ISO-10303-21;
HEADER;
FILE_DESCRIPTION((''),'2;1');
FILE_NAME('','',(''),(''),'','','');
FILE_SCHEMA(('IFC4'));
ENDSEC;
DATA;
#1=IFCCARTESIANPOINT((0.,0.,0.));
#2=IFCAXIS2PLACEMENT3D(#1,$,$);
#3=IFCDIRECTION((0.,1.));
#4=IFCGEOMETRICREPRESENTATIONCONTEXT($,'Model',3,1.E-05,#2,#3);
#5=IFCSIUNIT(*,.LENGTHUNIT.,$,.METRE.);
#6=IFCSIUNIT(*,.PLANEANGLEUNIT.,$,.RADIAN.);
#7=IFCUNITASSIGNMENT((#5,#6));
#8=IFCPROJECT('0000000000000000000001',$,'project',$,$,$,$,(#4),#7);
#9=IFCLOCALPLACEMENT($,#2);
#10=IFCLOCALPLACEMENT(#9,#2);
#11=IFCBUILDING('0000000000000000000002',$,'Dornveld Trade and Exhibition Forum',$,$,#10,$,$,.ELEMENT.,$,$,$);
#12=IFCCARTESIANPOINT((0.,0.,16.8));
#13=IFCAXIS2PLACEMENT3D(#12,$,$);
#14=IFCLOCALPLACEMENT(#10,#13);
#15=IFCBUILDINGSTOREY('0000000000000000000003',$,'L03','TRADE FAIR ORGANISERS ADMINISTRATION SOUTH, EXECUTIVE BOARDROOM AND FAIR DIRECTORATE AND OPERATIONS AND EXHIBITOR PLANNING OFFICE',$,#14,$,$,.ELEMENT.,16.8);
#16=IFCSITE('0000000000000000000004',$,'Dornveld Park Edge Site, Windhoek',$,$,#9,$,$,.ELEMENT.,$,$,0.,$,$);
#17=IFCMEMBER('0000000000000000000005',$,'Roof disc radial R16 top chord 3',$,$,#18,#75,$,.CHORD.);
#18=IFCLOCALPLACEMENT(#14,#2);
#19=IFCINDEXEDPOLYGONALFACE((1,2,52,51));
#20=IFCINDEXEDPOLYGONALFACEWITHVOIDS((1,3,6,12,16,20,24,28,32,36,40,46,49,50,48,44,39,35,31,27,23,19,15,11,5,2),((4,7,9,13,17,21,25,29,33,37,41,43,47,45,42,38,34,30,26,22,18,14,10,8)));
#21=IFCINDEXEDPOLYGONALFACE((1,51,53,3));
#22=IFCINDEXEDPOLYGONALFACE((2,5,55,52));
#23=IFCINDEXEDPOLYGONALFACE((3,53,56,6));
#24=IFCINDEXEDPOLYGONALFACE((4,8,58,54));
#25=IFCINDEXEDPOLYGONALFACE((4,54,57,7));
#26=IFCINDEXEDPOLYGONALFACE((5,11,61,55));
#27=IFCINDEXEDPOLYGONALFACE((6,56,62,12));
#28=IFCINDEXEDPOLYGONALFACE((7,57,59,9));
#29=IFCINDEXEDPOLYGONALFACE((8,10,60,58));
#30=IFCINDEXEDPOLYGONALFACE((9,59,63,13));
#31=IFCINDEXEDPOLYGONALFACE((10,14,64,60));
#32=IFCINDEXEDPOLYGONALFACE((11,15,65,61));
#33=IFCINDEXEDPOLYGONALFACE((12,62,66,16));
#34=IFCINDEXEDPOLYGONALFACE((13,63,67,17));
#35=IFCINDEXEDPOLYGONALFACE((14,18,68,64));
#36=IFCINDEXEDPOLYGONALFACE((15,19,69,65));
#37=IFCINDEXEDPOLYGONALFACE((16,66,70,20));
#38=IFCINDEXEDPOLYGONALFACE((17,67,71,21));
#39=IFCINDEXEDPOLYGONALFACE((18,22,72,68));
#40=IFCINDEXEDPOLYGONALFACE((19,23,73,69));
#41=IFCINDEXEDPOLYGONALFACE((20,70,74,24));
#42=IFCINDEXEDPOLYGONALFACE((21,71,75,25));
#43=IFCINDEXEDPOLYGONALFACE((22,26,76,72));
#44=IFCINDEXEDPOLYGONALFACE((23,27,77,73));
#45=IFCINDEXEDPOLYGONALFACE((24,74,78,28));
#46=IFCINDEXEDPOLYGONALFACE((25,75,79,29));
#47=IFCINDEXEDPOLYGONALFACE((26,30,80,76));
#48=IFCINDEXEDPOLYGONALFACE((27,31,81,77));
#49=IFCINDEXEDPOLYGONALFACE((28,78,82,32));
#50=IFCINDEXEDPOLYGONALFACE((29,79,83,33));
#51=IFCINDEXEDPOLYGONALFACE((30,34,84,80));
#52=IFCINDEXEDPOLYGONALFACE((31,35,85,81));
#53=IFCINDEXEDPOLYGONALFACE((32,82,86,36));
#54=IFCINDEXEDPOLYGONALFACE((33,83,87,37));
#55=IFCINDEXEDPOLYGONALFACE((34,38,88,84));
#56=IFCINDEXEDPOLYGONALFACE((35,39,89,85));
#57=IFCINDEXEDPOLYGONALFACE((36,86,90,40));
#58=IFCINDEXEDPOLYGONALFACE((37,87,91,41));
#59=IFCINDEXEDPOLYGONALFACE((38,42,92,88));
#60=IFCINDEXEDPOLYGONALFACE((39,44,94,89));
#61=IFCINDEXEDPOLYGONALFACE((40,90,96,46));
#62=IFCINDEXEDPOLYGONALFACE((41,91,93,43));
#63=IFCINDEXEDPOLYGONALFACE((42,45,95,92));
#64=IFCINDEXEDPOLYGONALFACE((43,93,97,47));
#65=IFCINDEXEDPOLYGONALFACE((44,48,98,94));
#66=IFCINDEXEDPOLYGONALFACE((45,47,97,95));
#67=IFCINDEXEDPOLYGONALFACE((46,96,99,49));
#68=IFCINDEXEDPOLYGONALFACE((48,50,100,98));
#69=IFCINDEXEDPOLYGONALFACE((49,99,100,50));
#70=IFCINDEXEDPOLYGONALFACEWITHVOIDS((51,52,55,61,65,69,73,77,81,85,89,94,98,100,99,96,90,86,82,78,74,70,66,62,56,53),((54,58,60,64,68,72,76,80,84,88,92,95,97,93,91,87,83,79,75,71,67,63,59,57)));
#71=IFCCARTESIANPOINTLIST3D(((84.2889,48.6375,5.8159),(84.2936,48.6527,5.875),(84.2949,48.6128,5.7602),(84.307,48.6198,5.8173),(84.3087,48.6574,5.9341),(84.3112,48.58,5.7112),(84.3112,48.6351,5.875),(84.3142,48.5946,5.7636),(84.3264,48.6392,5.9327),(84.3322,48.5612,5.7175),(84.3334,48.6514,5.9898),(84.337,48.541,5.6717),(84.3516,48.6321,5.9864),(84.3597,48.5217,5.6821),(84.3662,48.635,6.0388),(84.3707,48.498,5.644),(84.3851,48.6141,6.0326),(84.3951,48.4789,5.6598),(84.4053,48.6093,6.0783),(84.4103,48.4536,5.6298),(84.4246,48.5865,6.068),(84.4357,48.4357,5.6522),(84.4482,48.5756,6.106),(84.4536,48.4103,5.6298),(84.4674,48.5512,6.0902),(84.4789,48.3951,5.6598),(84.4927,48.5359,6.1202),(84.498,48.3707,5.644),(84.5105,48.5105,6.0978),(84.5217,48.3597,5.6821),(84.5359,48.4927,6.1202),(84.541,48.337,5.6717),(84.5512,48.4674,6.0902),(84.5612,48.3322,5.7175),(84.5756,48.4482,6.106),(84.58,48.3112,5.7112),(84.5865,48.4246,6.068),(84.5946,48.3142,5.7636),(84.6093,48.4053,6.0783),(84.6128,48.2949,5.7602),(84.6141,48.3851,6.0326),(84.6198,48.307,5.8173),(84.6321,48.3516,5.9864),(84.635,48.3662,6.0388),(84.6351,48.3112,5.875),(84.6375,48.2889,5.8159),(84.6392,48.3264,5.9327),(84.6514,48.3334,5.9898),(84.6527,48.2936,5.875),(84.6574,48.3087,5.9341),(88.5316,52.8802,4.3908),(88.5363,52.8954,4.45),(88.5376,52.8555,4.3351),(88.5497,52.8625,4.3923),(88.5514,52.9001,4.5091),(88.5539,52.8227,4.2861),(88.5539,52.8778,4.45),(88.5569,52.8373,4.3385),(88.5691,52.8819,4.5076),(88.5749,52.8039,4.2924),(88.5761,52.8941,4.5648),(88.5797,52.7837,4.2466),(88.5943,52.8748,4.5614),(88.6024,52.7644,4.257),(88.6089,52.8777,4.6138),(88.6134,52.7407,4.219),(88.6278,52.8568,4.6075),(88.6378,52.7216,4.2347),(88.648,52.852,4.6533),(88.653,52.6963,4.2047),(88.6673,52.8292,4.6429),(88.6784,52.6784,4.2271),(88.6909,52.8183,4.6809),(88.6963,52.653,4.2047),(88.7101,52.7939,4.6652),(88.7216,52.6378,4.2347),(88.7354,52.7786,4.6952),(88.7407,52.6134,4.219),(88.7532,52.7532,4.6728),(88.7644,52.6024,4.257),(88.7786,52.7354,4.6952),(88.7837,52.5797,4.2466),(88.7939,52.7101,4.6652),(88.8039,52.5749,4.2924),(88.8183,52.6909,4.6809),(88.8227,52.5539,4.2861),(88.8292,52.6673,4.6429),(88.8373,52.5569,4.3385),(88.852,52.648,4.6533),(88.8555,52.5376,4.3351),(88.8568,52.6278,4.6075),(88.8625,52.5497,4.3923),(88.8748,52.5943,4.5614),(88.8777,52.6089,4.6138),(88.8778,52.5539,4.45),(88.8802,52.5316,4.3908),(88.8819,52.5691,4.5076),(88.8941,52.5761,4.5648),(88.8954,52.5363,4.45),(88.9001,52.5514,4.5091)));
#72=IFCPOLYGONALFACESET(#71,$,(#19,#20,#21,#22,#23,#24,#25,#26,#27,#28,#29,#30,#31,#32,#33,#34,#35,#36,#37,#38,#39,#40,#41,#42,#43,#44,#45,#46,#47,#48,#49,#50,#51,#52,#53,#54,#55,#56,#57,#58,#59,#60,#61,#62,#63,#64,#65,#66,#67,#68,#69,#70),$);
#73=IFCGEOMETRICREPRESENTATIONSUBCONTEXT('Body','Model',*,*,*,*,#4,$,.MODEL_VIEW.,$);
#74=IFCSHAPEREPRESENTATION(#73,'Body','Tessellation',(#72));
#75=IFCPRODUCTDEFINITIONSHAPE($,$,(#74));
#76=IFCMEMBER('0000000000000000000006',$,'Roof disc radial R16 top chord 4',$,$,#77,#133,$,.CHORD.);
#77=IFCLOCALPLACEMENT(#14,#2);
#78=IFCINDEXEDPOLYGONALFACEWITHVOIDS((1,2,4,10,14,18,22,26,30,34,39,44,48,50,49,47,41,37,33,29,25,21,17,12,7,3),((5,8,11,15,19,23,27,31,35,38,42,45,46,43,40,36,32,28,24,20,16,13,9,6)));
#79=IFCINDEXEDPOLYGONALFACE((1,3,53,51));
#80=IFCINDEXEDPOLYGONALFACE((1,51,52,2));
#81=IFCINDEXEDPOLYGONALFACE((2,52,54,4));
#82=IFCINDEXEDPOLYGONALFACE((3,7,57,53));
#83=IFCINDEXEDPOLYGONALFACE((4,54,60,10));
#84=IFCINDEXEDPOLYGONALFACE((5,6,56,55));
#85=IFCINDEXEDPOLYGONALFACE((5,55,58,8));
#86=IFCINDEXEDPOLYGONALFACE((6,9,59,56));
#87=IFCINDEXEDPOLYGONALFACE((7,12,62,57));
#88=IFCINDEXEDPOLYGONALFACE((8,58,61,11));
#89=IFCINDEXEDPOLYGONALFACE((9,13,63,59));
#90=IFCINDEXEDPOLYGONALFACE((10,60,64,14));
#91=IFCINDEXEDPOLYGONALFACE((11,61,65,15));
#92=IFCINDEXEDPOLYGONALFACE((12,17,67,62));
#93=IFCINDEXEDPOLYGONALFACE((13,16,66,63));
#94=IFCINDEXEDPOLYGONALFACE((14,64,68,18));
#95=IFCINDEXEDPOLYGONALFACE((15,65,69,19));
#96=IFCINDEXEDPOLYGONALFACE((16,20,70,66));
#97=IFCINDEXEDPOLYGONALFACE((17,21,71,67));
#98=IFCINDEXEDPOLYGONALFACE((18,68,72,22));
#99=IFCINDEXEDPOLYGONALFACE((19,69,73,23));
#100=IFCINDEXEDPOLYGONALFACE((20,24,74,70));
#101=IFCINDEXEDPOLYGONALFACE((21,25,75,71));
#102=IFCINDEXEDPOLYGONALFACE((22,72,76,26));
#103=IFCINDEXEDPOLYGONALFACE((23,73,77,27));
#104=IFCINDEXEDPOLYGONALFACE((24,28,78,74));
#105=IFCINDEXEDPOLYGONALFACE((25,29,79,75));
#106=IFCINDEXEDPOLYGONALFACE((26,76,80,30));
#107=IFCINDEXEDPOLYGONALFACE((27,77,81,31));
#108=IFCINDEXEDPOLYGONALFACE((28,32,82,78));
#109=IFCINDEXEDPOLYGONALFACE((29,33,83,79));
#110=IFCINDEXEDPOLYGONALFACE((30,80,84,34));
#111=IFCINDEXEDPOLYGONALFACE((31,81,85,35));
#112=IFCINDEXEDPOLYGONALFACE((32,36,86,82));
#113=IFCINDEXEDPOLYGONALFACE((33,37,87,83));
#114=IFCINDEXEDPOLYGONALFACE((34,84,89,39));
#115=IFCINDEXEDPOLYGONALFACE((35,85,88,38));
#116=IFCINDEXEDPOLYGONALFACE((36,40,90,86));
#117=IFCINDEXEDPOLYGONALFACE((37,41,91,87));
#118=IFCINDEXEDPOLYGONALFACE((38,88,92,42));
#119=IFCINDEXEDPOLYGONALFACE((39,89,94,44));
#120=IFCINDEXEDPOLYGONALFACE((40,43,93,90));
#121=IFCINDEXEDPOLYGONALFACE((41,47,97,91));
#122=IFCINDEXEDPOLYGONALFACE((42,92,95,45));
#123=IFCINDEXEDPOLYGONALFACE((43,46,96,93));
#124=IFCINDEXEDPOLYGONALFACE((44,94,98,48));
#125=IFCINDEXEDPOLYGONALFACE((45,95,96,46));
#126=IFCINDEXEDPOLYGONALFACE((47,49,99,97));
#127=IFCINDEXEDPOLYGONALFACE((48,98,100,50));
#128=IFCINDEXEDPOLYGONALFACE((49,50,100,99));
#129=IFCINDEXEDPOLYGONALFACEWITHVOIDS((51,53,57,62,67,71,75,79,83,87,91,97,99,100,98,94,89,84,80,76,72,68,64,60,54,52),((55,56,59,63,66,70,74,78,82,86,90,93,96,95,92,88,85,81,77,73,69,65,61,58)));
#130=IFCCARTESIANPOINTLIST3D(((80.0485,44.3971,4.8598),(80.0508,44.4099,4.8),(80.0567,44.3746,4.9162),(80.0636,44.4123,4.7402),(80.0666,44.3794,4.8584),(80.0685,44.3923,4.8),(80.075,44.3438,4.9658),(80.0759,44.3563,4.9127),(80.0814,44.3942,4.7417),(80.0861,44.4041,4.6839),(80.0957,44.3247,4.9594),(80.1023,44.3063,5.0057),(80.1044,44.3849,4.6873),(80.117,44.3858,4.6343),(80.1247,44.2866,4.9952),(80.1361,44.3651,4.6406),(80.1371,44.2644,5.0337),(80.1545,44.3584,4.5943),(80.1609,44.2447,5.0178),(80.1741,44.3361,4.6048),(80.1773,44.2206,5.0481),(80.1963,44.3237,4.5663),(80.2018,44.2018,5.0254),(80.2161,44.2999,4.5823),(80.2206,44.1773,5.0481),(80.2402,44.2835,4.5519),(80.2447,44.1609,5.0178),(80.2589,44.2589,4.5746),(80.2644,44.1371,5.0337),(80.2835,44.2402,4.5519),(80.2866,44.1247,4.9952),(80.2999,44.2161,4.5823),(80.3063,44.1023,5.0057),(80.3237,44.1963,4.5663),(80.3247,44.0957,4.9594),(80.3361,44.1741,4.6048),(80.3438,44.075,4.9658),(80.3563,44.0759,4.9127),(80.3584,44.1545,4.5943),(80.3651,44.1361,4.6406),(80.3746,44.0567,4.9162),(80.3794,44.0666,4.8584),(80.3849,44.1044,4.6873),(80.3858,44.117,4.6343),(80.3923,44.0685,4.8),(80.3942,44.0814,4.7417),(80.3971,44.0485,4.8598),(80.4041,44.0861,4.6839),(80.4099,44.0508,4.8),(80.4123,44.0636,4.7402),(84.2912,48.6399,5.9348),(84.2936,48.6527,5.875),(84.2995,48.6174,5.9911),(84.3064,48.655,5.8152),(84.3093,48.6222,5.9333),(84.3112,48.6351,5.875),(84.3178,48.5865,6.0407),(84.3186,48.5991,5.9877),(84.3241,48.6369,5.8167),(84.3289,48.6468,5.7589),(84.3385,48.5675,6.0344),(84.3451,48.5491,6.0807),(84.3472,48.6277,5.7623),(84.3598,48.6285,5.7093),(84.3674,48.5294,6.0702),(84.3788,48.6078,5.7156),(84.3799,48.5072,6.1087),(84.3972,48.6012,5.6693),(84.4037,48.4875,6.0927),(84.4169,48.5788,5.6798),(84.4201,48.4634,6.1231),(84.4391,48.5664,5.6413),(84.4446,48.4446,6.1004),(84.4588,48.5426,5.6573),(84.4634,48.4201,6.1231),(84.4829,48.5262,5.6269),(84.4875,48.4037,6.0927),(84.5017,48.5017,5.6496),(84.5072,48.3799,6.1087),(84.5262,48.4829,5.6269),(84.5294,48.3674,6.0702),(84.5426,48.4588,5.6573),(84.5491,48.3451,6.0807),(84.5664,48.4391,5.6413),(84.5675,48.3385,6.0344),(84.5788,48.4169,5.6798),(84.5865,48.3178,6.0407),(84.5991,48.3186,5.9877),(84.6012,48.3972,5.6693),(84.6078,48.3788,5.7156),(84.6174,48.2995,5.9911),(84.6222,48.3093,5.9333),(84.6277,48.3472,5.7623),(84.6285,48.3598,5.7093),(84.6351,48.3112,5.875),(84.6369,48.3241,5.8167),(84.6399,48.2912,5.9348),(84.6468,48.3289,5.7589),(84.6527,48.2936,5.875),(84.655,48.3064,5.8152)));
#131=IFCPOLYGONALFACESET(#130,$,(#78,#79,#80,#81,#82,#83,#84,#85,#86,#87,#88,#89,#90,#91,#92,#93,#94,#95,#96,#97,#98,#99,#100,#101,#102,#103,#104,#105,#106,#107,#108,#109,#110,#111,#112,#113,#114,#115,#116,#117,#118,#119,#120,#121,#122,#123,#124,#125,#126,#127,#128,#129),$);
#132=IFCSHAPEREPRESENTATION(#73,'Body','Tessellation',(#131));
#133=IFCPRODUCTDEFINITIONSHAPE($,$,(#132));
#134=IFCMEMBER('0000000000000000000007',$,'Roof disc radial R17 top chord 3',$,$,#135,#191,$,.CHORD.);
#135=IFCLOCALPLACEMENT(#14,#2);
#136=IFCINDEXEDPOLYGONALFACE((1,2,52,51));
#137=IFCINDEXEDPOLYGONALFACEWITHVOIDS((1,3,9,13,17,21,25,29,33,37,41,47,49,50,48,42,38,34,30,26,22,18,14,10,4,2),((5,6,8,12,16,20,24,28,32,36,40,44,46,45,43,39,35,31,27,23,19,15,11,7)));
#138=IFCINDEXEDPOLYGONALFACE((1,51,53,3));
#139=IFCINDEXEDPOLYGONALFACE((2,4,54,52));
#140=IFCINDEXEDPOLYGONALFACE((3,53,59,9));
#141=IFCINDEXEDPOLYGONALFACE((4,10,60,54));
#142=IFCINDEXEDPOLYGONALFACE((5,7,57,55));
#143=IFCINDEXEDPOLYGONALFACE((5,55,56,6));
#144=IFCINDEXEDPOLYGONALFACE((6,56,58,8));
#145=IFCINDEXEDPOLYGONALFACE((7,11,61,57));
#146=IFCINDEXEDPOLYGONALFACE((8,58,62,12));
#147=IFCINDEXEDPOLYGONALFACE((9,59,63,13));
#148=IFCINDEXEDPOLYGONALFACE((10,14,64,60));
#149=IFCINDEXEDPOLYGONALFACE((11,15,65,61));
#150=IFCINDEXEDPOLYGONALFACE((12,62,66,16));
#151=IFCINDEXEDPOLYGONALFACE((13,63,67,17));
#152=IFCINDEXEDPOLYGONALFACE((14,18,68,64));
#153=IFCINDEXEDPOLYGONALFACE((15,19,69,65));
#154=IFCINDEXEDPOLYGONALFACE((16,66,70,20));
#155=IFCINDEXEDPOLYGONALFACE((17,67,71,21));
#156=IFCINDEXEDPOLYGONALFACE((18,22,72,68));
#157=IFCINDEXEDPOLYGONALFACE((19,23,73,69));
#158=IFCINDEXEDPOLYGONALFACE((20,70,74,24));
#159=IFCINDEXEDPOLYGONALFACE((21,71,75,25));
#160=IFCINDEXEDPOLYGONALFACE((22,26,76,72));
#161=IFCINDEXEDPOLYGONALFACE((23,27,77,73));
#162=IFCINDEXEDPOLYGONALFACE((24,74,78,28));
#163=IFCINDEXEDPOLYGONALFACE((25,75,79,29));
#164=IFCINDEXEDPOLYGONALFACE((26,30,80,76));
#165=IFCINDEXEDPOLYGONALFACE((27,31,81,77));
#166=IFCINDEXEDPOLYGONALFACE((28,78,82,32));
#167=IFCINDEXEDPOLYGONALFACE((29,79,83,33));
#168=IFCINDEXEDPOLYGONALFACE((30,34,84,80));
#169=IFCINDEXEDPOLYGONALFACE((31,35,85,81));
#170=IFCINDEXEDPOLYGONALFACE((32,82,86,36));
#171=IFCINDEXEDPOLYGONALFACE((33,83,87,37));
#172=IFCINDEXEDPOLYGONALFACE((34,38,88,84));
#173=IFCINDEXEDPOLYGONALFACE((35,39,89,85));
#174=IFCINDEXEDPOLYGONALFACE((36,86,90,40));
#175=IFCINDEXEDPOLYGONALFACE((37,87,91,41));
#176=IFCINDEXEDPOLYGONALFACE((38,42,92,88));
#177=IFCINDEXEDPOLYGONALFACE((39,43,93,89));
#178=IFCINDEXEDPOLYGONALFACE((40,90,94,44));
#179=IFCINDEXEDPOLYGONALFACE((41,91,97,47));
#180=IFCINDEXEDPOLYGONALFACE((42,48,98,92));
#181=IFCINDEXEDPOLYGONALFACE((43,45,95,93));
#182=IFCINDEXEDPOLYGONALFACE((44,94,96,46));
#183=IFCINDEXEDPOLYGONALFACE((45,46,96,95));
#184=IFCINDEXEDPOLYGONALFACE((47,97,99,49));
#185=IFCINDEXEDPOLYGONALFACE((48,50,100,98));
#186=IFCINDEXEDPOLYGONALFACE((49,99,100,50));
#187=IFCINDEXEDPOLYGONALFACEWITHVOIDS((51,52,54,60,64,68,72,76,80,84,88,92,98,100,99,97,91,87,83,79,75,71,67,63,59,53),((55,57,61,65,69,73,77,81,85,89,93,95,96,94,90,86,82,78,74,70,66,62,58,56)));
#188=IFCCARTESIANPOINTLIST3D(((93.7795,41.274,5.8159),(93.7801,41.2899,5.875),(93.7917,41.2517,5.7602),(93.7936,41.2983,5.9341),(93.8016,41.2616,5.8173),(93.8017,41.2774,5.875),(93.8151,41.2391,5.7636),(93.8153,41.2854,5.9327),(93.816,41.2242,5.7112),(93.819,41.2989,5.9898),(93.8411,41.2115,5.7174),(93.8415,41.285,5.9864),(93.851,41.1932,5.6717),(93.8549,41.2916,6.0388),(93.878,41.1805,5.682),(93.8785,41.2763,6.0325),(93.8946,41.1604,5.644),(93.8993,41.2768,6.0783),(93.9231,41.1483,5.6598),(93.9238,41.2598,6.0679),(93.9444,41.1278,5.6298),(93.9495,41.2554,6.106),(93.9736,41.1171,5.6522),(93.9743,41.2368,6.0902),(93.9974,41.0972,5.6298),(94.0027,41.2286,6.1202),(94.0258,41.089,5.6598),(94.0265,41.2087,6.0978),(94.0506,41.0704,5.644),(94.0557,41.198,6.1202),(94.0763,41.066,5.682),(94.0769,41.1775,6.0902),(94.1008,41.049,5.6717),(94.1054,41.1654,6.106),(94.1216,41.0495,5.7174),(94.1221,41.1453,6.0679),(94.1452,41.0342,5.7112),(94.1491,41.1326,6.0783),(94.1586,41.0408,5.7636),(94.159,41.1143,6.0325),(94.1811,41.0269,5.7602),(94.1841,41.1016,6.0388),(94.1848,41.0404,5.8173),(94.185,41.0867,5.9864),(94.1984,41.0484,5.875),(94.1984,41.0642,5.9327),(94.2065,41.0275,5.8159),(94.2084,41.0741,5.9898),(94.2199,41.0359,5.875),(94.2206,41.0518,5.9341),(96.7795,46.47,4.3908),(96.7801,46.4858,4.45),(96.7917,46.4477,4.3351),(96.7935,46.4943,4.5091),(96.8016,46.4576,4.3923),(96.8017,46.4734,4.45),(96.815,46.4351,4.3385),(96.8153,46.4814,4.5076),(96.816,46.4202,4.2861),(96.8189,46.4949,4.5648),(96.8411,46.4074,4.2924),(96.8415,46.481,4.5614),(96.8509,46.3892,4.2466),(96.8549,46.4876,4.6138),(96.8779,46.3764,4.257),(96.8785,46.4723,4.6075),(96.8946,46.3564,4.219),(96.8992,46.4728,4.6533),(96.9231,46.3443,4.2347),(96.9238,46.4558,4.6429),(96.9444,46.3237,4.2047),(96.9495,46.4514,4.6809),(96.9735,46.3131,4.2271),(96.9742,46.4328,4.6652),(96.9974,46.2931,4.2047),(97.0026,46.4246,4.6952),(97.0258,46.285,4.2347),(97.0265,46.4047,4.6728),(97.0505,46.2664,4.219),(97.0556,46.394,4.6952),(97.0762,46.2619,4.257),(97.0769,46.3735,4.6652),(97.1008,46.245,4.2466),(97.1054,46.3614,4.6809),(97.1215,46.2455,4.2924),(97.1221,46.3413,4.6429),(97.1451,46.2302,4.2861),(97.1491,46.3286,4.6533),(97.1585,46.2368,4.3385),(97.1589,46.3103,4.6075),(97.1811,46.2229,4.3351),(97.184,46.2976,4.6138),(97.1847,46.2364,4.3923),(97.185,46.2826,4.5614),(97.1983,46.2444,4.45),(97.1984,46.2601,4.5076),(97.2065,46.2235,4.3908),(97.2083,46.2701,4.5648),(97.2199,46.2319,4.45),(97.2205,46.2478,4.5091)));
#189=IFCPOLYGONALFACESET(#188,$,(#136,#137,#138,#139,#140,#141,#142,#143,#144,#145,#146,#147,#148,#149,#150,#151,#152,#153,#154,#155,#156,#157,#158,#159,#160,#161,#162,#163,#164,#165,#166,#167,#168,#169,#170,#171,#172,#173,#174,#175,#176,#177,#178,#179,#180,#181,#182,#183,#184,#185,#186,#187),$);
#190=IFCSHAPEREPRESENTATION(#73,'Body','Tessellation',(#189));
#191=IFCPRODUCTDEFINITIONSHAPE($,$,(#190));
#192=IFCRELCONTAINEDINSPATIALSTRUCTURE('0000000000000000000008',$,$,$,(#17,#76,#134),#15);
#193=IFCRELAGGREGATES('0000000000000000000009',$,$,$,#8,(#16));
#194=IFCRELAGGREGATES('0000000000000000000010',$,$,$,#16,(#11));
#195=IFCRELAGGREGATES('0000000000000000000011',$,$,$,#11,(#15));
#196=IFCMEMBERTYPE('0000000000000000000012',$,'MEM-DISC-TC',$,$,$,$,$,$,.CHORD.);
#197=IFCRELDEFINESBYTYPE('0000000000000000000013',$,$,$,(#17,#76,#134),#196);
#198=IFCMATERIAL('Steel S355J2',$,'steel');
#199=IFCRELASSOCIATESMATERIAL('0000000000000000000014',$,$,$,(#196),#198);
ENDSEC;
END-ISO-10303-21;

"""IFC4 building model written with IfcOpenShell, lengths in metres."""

from ifc_helpers import new_model, si_unit, direction, frame, origin, origin_2d, place, context, subcontext, project, spatial, hollow_circle, extrude, material, material_profile, profile_set, type_object, element, save


model = new_model("IFC4")

# Units and contexts
model_context = context("Model", 3, precision=1e-05, world=origin(), true_north=direction((0.0, 1.0)))
body_context = subcontext(model_context, "Body", "Model", "MODEL_VIEW")
ifc_project = project(units=[si_unit("LENGTHUNIT", "METRE"), si_unit("PLANEANGLEUNIT", "RADIAN")], contexts=[model_context])

# Site, building, storey
site_placement = place(None, origin())
site = spatial("IfcSite", under=ifc_project, at=site_placement, Name="Dornveld Park Edge Site, Windhoek", CompositionType="ELEMENT", RefElevation=0.0)
building_placement = place(site_placement, origin())
building = spatial("IfcBuilding", under=site, at=building_placement, Name="Dornveld Trade and Exhibition Forum", CompositionType="ELEMENT")
storey_placement = place(building_placement, frame((0.0, 0.0, 16.8)))
storey = spatial("IfcBuildingStorey", under=building, at=storey_placement, Name="L03", Description="TRADE FAIR ORGANISERS ADMINISTRATION SOUTH, EXECUTIVE BOARDROOM AND FAIR DIRECTORATE AND OPERATIONS AND EXHIBITOR PLANNING OFFICE", CompositionType="ELEMENT", Elevation=16.8)

# Members
ifc_material_1 = material(Name="Steel S355J2", Category="steel")
ifc_material_profile_1 = material_profile(ifc_material_1, hollow_circle(Radius=0.2539, WallThickness=0.0249, at=origin_2d()), Name="CHS 508x25")
ifc_profile_set_1 = profile_set([ifc_material_profile_1], Name="Steel S355J2")
member_type_1 = type_object("IfcMemberType", Name="MEM-DISC-TC", PredefinedType="CHORD", material=ifc_profile_set_1)
member_1_placement = place(storey_placement, frame((88.7158, 52.7158, 4.45), z_axis=(-0.687969, -0.687969, 0.231078), x_axis=(0.707107, -0.707107, 0.0)))
element("IfcMember", 1, at=member_1_placement, inside=storey, type_object=member_type_1, Name="Roof disc radial R16 top chord 3", PredefinedType="CHORD", context=body_context, shape_type="SweptSolid", body=[
    extrude(hollow_circle(Radius=0.2539, WallThickness=0.0249, at=origin_2d()), origin(), (0.0, 0.0, 1.0), 6.167),
])
member_2_placement = place(storey_placement, frame((84.4731, 48.4731, 5.875), z_axis=(-0.696025, -0.696025, -0.176349), x_axis=(0.707107, -0.707107, 0.0)))
element("IfcMember", 2, at=member_2_placement, inside=storey, type_object=member_type_1, Name="Roof disc radial R16 top chord 4", PredefinedType="CHORD", context=body_context, shape_type="SweptSolid", body=[
    extrude(hollow_circle(Radius=0.2539, WallThickness=0.0249, at=origin_2d()), origin(), (0.0, 0.0, 1.0), 6.0957),
])
member_3_placement = place(storey_placement, frame((97.0, 46.3589, 4.45), z_axis=(-0.486475, -0.842581, 0.231083), x_axis=(0.866021, -0.500008, 0.0)))
element("IfcMember", 3, at=member_3_placement, inside=storey, type_object=member_type_1, Name="Roof disc radial R17 top chord 3", PredefinedType="CHORD", context=body_context, shape_type="SweptSolid", body=[
    extrude(hollow_circle(Radius=0.2539, WallThickness=0.0249, at=origin_2d()), origin(), (0.0, 0.0, 1.0), 6.1667),
])

save(model, "model.ifc")
